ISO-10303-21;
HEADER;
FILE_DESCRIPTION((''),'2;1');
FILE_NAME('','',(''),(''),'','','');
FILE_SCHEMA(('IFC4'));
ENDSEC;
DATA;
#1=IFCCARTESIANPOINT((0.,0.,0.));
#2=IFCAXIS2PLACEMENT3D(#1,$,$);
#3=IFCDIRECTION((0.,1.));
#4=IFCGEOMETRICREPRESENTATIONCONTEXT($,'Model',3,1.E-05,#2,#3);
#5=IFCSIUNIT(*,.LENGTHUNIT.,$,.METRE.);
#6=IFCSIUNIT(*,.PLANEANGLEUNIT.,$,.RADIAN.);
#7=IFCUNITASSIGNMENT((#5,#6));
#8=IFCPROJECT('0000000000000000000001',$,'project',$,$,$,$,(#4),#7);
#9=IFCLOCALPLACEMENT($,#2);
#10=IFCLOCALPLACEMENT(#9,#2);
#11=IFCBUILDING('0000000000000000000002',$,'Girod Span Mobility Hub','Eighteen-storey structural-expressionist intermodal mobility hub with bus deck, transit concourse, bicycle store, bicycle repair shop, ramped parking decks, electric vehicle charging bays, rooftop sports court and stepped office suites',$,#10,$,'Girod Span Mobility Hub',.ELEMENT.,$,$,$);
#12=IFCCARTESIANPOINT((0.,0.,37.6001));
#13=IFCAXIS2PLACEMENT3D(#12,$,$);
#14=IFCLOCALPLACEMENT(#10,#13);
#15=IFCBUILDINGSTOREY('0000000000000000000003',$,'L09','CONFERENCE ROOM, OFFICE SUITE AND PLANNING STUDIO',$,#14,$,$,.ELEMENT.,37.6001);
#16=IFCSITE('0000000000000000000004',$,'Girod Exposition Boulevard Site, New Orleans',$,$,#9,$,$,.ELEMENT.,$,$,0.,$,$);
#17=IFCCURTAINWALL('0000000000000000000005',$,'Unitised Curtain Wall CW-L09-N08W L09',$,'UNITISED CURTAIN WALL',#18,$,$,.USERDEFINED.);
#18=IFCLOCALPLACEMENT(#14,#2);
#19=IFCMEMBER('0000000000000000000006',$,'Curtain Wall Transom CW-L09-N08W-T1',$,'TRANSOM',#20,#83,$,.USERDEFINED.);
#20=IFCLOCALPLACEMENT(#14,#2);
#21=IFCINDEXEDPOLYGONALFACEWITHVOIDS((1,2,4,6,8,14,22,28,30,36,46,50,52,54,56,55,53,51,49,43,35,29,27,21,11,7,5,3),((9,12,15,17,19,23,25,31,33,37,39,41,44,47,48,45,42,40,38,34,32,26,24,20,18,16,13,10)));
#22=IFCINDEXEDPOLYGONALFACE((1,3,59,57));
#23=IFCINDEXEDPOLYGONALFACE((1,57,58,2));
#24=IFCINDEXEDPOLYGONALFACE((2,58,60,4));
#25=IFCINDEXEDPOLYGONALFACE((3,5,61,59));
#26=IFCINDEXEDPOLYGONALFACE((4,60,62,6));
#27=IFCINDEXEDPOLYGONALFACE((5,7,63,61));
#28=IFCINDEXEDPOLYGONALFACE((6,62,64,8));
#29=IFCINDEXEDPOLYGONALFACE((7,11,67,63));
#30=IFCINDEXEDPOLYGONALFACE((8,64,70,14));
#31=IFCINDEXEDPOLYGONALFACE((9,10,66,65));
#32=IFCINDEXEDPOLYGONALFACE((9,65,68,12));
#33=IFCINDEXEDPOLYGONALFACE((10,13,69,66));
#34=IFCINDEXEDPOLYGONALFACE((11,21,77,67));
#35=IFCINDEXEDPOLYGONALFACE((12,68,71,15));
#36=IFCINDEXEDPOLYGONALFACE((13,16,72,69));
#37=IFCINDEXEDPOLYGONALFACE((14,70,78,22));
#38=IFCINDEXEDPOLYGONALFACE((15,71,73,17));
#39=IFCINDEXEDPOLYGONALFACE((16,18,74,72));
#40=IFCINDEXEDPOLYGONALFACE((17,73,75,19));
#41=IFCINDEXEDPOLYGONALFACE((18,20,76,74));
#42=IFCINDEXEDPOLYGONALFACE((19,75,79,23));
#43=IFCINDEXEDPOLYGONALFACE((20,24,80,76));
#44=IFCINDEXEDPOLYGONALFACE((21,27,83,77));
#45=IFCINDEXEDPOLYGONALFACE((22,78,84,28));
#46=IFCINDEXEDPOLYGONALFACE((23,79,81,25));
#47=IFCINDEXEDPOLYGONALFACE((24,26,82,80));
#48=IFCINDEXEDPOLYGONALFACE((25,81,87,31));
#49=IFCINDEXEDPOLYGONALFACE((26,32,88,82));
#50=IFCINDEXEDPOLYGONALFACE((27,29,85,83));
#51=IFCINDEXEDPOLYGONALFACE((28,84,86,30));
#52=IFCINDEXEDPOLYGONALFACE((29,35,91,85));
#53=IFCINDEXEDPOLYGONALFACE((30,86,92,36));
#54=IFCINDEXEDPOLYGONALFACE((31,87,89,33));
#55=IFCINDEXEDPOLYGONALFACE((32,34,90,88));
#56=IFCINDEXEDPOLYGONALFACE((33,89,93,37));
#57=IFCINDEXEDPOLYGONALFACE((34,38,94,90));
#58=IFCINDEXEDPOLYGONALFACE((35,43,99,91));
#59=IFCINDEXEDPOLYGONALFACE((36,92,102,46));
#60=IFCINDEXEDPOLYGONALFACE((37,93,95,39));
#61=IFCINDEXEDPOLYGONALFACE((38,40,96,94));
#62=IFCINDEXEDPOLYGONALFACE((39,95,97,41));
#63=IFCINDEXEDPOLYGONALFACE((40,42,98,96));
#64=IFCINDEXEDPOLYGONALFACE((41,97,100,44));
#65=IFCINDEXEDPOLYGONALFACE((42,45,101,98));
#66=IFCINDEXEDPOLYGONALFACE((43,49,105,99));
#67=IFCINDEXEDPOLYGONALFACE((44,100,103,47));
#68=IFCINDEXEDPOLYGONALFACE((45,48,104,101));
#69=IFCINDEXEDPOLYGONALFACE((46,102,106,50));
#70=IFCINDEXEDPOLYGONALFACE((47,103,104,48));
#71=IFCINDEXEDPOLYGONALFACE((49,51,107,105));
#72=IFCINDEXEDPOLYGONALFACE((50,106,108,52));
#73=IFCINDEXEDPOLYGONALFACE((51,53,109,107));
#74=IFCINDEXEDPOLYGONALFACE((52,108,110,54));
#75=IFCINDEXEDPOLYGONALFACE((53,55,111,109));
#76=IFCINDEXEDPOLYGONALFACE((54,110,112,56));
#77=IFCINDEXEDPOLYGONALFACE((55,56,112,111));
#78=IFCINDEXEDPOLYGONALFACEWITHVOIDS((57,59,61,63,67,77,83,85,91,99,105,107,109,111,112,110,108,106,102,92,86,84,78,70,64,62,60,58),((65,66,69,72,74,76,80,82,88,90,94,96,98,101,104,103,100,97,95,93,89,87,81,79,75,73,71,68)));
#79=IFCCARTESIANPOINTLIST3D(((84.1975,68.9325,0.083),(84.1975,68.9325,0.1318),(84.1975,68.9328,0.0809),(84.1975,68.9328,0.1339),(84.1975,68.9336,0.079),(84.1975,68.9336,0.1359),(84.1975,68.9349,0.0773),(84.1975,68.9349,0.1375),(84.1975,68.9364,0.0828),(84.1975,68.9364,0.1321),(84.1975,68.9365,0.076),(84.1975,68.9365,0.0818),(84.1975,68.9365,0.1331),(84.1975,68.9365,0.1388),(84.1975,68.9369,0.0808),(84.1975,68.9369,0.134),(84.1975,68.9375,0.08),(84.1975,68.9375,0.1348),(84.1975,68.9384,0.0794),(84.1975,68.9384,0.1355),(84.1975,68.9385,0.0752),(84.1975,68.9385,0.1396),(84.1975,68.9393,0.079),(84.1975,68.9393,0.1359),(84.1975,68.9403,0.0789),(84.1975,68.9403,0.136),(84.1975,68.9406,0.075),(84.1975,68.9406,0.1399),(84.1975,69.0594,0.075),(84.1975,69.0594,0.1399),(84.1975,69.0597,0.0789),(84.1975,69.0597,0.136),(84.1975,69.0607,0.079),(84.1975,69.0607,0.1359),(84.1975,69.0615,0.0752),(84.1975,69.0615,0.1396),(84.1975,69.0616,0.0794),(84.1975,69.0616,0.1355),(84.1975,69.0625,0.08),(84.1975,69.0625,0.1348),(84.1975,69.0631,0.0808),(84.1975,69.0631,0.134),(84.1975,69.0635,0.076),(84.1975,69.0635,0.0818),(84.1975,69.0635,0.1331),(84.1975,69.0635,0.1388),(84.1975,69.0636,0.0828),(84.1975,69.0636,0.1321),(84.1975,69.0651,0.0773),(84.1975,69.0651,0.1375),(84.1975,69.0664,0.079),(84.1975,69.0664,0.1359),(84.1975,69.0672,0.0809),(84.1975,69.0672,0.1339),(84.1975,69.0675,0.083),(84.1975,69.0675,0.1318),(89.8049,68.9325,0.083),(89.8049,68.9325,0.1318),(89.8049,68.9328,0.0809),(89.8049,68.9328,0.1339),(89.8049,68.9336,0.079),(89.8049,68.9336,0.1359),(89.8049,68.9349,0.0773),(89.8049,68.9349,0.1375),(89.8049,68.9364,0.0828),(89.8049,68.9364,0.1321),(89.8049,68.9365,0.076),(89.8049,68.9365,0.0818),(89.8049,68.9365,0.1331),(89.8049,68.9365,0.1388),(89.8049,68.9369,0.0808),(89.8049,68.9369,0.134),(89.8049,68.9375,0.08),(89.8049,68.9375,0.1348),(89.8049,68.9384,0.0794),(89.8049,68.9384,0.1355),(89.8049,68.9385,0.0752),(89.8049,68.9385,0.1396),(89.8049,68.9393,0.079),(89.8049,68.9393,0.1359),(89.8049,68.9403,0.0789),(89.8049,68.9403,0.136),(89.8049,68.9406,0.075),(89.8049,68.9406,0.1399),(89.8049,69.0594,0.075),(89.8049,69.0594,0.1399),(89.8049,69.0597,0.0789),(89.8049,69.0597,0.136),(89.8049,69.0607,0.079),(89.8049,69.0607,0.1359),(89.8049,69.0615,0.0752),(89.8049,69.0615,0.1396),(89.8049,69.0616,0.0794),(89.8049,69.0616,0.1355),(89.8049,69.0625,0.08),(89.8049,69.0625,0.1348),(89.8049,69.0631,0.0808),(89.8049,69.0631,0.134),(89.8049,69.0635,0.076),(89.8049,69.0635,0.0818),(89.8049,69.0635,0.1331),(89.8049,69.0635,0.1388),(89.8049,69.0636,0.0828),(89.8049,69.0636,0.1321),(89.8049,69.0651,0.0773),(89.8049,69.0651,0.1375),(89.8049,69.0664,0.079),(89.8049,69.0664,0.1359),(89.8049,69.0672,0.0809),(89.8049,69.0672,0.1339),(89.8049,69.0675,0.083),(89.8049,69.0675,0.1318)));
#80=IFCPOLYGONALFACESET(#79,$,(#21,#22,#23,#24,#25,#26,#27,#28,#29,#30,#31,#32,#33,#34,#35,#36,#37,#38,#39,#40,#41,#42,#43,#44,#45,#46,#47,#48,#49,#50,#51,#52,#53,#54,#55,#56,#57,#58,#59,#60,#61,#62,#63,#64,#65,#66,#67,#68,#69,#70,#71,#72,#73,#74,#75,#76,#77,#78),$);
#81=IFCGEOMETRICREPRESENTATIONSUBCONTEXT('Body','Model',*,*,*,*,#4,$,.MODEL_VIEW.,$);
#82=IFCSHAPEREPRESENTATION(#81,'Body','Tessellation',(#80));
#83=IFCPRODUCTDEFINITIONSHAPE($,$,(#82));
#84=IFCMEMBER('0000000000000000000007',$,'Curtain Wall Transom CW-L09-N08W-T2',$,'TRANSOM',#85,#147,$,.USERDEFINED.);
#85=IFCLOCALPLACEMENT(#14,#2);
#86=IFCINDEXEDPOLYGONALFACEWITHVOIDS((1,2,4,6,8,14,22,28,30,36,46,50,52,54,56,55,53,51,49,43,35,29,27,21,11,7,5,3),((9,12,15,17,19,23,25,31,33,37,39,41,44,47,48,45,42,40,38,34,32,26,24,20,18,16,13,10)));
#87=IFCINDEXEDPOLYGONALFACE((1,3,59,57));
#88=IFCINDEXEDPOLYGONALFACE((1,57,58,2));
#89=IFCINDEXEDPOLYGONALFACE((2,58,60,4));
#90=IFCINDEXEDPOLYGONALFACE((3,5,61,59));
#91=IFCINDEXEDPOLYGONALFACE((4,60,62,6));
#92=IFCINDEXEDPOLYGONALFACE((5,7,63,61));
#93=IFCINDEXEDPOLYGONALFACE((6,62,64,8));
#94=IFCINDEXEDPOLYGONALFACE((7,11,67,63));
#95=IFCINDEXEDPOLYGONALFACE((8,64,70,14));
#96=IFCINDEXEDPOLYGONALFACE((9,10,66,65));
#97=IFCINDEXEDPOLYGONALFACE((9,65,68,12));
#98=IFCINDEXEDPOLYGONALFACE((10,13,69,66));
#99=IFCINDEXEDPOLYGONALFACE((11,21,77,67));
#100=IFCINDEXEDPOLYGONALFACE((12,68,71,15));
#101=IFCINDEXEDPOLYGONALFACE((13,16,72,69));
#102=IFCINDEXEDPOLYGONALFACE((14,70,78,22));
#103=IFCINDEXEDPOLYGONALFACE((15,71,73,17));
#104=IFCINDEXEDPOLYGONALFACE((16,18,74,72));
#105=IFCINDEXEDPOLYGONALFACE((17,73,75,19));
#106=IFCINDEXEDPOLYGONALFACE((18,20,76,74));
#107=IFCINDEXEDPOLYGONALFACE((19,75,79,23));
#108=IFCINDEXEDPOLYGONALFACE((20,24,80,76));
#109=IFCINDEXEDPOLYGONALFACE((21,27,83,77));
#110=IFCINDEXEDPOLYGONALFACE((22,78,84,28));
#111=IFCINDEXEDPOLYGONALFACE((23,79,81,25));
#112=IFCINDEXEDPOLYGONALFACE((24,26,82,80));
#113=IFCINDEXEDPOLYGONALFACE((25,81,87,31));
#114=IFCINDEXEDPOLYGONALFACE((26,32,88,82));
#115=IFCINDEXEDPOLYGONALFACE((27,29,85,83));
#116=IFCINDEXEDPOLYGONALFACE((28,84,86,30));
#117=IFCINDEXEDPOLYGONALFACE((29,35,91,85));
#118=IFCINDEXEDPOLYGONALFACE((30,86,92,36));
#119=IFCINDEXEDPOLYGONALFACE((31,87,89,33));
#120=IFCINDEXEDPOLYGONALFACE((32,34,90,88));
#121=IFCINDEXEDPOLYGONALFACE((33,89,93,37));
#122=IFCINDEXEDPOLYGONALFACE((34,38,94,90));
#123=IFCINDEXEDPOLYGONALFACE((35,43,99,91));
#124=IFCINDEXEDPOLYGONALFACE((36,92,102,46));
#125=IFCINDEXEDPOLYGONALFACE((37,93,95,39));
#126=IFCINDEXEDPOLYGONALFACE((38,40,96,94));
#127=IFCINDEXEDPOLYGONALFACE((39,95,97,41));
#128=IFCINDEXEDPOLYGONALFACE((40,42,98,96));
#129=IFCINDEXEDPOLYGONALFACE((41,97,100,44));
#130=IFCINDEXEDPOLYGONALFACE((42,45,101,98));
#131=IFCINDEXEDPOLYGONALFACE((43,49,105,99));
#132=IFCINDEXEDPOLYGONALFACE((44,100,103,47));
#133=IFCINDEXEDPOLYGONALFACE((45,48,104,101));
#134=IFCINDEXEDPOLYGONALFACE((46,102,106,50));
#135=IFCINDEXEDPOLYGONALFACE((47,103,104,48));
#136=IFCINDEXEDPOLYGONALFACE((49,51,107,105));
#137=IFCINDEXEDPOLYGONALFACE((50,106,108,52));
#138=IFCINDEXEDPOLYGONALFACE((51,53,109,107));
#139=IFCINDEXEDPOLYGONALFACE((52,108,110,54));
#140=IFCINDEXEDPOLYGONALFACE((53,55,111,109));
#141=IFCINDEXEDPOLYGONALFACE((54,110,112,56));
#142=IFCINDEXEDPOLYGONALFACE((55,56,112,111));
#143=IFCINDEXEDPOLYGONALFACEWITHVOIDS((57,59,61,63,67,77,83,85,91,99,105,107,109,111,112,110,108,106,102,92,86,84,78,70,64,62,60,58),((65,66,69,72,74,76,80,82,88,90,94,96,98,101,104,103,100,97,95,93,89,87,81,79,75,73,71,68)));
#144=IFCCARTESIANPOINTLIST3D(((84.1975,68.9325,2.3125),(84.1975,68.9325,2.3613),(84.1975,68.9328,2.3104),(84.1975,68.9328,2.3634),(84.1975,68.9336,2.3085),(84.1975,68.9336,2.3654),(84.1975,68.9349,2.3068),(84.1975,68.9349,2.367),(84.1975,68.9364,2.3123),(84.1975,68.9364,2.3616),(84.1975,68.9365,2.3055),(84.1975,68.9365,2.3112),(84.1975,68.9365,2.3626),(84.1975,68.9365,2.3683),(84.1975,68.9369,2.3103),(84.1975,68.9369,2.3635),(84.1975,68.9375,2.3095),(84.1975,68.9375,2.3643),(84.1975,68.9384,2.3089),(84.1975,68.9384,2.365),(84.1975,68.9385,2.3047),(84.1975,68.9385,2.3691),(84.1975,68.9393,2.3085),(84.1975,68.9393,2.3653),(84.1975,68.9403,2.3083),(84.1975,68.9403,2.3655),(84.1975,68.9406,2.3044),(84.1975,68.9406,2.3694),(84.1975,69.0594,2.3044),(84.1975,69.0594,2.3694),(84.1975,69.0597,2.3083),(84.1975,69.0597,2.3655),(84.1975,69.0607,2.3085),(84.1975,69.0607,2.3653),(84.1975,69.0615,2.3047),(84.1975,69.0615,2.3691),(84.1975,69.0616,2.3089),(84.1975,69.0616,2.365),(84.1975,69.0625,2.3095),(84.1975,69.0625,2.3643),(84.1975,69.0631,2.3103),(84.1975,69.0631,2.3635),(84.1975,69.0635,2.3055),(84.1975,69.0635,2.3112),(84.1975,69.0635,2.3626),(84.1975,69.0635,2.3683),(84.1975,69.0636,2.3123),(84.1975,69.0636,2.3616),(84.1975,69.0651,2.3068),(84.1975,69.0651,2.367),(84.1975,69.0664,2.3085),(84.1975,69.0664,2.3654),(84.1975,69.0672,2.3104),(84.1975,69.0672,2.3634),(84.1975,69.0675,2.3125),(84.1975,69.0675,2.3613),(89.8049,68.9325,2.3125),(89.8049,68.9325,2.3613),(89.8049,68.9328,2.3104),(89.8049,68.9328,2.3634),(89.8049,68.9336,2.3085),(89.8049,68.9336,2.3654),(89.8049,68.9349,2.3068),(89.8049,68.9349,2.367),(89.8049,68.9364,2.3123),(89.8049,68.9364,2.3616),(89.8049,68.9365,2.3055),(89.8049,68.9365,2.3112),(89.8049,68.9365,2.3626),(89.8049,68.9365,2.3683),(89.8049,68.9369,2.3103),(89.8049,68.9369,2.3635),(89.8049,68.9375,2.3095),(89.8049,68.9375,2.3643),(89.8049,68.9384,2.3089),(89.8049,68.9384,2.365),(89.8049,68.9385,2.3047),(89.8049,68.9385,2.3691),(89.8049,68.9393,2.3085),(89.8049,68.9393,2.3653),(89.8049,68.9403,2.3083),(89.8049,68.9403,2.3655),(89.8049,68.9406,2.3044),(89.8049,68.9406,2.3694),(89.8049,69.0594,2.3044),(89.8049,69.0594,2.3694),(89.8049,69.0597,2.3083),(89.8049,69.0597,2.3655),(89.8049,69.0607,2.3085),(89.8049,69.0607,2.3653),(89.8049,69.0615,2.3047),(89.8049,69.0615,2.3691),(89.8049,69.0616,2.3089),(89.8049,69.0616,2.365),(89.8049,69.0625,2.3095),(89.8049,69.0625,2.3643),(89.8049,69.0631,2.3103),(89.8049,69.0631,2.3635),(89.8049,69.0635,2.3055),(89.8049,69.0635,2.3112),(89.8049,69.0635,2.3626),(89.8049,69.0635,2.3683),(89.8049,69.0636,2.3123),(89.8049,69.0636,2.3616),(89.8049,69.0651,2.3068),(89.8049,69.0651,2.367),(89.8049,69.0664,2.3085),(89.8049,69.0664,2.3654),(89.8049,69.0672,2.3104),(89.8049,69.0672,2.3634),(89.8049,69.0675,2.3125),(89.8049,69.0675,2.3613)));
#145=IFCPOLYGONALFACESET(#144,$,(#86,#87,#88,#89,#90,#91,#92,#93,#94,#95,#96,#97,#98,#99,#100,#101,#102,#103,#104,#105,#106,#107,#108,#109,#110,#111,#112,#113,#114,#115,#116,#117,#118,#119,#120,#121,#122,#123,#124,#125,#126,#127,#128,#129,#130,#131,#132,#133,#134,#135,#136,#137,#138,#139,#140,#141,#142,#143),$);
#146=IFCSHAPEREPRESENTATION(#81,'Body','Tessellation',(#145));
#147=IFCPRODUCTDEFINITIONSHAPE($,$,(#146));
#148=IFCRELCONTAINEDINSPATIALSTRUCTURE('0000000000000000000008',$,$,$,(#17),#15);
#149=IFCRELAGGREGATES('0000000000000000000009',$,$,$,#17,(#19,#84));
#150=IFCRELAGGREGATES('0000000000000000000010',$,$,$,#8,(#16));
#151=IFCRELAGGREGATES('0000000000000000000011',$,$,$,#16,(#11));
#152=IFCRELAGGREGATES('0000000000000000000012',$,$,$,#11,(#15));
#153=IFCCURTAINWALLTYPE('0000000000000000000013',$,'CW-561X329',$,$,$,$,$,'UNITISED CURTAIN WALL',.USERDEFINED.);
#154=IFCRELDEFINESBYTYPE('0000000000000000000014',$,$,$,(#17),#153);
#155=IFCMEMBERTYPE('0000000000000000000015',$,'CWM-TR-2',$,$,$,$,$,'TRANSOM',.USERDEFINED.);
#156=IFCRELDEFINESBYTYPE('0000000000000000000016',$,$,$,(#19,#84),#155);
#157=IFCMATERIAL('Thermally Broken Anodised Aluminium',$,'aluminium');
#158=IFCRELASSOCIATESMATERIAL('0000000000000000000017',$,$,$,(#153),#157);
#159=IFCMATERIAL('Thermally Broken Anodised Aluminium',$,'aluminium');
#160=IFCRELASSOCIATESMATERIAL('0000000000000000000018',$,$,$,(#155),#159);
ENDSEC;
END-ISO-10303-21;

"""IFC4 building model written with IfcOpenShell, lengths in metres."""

from ifc_helpers import new_model, si_unit, direction, frame, origin, origin_2d, place, context, subcontext, project, spatial, hollow_rectangle, extrude, material, material_profile, profile_set, type_object, element, aggregate, save


model = new_model("IFC4")

# Units and contexts
model_context = context("Model", 3, precision=1e-05, world=origin(), true_north=direction((0.0, 1.0)))
body_context = subcontext(model_context, "Body", "Model", "MODEL_VIEW")
ifc_project = project(units=[si_unit("LENGTHUNIT", "METRE"), si_unit("PLANEANGLEUNIT", "RADIAN")], contexts=[model_context])

# Site, building, storey
site_placement = place(None, origin())
site = spatial("IfcSite", under=ifc_project, at=site_placement, Name="Girod Exposition Boulevard Site, New Orleans", CompositionType="ELEMENT", RefElevation=0.0)
building_placement = place(site_placement, origin())
building = spatial("IfcBuilding", under=site, at=building_placement, Name="Girod Span Mobility Hub", Description="Eighteen-storey structural-expressionist intermodal mobility hub with bus deck, transit concourse, bicycle store, bicycle repair shop, ramped parking decks, electric vehicle charging bays, rooftop sports court and stepped office suites", LongName="Girod Span Mobility Hub", CompositionType="ELEMENT")
storey_placement = place(building_placement, frame((0.0, 0.0, 37.6001)))
storey = spatial("IfcBuildingStorey", under=building, at=storey_placement, Name="L09", Description="CONFERENCE ROOM, OFFICE SUITE AND PLANNING STUDIO", CompositionType="ELEMENT", Elevation=37.6001)

# Curtain wall
ifc_material_1 = material(Name="Thermally Broken Anodised Aluminium", Category="aluminium")
curtain_wall_type = type_object("IfcCurtainWallType", Name="CW-561X329", ElementType="UNITISED CURTAIN WALL", PredefinedType="USERDEFINED", material=ifc_material_1)
curtain_wall_1_placement = place(storey_placement, origin())
curtain_wall_1 = element("IfcCurtainWall", 1, at=curtain_wall_1_placement, inside=storey, type_object=curtain_wall_type, Name="Unitised Curtain Wall CW-L09-N08W L09", ObjectType="UNITISED CURTAIN WALL", PredefinedType="USERDEFINED")

# Members
ifc_material_2 = material(Name="Thermally Broken Anodised Aluminium", Category="aluminium")
ifc_material_profile_1 = material_profile(ifc_material_2, hollow_rectangle(XDim=0.135, YDim=0.0649, WallThickness=0.0039, InnerFilletRadius=0.0039, OuterFilletRadius=0.0081, at=origin_2d()), Name="CW-TR-65X135")
ifc_profile_set_1 = profile_set([ifc_material_profile_1], Name="Thermally Broken Anodised Aluminium")
member_type_1 = type_object("IfcMemberType", Name="CWM-TR-2", ElementType="TRANSOM", PredefinedType="USERDEFINED", material=ifc_profile_set_1)
member_1_placement = place(storey_placement, frame((84.1975, 69.0, 0.1074), z_axis=(1.0, 0.0, 0.0), x_axis=(0.0, 1.0, 0.0)))
member_1 = element("IfcMember", 2, at=member_1_placement, type_object=member_type_1, Name="Curtain Wall Transom CW-L09-N08W-T1", ObjectType="TRANSOM", PredefinedType="USERDEFINED", context=body_context, shape_type="SweptSolid", body=[
    extrude(hollow_rectangle(XDim=0.135, YDim=0.0649, WallThickness=0.0039, InnerFilletRadius=0.0039, OuterFilletRadius=0.0081, at=origin_2d()), origin(), (0.0, 0.0, 1.0), 5.6074),
])
member_2_placement = place(storey_placement, frame((84.1975, 69.0, 2.3369), z_axis=(1.0, 0.0, 0.0), x_axis=(0.0, 1.0, 0.0)))
member_2 = element("IfcMember", 3, at=member_2_placement, type_object=member_type_1, Name="Curtain Wall Transom CW-L09-N08W-T2", ObjectType="TRANSOM", PredefinedType="USERDEFINED", context=body_context, shape_type="SweptSolid", body=[
    extrude(hollow_rectangle(XDim=0.135, YDim=0.0649, WallThickness=0.0039, InnerFilletRadius=0.0039, OuterFilletRadius=0.0081, at=origin_2d()), origin(), (0.0, 0.0, 1.0), 5.6074),
])

aggregate(curtain_wall_1, [member_1, member_2])

save(model, "model.ifc")
